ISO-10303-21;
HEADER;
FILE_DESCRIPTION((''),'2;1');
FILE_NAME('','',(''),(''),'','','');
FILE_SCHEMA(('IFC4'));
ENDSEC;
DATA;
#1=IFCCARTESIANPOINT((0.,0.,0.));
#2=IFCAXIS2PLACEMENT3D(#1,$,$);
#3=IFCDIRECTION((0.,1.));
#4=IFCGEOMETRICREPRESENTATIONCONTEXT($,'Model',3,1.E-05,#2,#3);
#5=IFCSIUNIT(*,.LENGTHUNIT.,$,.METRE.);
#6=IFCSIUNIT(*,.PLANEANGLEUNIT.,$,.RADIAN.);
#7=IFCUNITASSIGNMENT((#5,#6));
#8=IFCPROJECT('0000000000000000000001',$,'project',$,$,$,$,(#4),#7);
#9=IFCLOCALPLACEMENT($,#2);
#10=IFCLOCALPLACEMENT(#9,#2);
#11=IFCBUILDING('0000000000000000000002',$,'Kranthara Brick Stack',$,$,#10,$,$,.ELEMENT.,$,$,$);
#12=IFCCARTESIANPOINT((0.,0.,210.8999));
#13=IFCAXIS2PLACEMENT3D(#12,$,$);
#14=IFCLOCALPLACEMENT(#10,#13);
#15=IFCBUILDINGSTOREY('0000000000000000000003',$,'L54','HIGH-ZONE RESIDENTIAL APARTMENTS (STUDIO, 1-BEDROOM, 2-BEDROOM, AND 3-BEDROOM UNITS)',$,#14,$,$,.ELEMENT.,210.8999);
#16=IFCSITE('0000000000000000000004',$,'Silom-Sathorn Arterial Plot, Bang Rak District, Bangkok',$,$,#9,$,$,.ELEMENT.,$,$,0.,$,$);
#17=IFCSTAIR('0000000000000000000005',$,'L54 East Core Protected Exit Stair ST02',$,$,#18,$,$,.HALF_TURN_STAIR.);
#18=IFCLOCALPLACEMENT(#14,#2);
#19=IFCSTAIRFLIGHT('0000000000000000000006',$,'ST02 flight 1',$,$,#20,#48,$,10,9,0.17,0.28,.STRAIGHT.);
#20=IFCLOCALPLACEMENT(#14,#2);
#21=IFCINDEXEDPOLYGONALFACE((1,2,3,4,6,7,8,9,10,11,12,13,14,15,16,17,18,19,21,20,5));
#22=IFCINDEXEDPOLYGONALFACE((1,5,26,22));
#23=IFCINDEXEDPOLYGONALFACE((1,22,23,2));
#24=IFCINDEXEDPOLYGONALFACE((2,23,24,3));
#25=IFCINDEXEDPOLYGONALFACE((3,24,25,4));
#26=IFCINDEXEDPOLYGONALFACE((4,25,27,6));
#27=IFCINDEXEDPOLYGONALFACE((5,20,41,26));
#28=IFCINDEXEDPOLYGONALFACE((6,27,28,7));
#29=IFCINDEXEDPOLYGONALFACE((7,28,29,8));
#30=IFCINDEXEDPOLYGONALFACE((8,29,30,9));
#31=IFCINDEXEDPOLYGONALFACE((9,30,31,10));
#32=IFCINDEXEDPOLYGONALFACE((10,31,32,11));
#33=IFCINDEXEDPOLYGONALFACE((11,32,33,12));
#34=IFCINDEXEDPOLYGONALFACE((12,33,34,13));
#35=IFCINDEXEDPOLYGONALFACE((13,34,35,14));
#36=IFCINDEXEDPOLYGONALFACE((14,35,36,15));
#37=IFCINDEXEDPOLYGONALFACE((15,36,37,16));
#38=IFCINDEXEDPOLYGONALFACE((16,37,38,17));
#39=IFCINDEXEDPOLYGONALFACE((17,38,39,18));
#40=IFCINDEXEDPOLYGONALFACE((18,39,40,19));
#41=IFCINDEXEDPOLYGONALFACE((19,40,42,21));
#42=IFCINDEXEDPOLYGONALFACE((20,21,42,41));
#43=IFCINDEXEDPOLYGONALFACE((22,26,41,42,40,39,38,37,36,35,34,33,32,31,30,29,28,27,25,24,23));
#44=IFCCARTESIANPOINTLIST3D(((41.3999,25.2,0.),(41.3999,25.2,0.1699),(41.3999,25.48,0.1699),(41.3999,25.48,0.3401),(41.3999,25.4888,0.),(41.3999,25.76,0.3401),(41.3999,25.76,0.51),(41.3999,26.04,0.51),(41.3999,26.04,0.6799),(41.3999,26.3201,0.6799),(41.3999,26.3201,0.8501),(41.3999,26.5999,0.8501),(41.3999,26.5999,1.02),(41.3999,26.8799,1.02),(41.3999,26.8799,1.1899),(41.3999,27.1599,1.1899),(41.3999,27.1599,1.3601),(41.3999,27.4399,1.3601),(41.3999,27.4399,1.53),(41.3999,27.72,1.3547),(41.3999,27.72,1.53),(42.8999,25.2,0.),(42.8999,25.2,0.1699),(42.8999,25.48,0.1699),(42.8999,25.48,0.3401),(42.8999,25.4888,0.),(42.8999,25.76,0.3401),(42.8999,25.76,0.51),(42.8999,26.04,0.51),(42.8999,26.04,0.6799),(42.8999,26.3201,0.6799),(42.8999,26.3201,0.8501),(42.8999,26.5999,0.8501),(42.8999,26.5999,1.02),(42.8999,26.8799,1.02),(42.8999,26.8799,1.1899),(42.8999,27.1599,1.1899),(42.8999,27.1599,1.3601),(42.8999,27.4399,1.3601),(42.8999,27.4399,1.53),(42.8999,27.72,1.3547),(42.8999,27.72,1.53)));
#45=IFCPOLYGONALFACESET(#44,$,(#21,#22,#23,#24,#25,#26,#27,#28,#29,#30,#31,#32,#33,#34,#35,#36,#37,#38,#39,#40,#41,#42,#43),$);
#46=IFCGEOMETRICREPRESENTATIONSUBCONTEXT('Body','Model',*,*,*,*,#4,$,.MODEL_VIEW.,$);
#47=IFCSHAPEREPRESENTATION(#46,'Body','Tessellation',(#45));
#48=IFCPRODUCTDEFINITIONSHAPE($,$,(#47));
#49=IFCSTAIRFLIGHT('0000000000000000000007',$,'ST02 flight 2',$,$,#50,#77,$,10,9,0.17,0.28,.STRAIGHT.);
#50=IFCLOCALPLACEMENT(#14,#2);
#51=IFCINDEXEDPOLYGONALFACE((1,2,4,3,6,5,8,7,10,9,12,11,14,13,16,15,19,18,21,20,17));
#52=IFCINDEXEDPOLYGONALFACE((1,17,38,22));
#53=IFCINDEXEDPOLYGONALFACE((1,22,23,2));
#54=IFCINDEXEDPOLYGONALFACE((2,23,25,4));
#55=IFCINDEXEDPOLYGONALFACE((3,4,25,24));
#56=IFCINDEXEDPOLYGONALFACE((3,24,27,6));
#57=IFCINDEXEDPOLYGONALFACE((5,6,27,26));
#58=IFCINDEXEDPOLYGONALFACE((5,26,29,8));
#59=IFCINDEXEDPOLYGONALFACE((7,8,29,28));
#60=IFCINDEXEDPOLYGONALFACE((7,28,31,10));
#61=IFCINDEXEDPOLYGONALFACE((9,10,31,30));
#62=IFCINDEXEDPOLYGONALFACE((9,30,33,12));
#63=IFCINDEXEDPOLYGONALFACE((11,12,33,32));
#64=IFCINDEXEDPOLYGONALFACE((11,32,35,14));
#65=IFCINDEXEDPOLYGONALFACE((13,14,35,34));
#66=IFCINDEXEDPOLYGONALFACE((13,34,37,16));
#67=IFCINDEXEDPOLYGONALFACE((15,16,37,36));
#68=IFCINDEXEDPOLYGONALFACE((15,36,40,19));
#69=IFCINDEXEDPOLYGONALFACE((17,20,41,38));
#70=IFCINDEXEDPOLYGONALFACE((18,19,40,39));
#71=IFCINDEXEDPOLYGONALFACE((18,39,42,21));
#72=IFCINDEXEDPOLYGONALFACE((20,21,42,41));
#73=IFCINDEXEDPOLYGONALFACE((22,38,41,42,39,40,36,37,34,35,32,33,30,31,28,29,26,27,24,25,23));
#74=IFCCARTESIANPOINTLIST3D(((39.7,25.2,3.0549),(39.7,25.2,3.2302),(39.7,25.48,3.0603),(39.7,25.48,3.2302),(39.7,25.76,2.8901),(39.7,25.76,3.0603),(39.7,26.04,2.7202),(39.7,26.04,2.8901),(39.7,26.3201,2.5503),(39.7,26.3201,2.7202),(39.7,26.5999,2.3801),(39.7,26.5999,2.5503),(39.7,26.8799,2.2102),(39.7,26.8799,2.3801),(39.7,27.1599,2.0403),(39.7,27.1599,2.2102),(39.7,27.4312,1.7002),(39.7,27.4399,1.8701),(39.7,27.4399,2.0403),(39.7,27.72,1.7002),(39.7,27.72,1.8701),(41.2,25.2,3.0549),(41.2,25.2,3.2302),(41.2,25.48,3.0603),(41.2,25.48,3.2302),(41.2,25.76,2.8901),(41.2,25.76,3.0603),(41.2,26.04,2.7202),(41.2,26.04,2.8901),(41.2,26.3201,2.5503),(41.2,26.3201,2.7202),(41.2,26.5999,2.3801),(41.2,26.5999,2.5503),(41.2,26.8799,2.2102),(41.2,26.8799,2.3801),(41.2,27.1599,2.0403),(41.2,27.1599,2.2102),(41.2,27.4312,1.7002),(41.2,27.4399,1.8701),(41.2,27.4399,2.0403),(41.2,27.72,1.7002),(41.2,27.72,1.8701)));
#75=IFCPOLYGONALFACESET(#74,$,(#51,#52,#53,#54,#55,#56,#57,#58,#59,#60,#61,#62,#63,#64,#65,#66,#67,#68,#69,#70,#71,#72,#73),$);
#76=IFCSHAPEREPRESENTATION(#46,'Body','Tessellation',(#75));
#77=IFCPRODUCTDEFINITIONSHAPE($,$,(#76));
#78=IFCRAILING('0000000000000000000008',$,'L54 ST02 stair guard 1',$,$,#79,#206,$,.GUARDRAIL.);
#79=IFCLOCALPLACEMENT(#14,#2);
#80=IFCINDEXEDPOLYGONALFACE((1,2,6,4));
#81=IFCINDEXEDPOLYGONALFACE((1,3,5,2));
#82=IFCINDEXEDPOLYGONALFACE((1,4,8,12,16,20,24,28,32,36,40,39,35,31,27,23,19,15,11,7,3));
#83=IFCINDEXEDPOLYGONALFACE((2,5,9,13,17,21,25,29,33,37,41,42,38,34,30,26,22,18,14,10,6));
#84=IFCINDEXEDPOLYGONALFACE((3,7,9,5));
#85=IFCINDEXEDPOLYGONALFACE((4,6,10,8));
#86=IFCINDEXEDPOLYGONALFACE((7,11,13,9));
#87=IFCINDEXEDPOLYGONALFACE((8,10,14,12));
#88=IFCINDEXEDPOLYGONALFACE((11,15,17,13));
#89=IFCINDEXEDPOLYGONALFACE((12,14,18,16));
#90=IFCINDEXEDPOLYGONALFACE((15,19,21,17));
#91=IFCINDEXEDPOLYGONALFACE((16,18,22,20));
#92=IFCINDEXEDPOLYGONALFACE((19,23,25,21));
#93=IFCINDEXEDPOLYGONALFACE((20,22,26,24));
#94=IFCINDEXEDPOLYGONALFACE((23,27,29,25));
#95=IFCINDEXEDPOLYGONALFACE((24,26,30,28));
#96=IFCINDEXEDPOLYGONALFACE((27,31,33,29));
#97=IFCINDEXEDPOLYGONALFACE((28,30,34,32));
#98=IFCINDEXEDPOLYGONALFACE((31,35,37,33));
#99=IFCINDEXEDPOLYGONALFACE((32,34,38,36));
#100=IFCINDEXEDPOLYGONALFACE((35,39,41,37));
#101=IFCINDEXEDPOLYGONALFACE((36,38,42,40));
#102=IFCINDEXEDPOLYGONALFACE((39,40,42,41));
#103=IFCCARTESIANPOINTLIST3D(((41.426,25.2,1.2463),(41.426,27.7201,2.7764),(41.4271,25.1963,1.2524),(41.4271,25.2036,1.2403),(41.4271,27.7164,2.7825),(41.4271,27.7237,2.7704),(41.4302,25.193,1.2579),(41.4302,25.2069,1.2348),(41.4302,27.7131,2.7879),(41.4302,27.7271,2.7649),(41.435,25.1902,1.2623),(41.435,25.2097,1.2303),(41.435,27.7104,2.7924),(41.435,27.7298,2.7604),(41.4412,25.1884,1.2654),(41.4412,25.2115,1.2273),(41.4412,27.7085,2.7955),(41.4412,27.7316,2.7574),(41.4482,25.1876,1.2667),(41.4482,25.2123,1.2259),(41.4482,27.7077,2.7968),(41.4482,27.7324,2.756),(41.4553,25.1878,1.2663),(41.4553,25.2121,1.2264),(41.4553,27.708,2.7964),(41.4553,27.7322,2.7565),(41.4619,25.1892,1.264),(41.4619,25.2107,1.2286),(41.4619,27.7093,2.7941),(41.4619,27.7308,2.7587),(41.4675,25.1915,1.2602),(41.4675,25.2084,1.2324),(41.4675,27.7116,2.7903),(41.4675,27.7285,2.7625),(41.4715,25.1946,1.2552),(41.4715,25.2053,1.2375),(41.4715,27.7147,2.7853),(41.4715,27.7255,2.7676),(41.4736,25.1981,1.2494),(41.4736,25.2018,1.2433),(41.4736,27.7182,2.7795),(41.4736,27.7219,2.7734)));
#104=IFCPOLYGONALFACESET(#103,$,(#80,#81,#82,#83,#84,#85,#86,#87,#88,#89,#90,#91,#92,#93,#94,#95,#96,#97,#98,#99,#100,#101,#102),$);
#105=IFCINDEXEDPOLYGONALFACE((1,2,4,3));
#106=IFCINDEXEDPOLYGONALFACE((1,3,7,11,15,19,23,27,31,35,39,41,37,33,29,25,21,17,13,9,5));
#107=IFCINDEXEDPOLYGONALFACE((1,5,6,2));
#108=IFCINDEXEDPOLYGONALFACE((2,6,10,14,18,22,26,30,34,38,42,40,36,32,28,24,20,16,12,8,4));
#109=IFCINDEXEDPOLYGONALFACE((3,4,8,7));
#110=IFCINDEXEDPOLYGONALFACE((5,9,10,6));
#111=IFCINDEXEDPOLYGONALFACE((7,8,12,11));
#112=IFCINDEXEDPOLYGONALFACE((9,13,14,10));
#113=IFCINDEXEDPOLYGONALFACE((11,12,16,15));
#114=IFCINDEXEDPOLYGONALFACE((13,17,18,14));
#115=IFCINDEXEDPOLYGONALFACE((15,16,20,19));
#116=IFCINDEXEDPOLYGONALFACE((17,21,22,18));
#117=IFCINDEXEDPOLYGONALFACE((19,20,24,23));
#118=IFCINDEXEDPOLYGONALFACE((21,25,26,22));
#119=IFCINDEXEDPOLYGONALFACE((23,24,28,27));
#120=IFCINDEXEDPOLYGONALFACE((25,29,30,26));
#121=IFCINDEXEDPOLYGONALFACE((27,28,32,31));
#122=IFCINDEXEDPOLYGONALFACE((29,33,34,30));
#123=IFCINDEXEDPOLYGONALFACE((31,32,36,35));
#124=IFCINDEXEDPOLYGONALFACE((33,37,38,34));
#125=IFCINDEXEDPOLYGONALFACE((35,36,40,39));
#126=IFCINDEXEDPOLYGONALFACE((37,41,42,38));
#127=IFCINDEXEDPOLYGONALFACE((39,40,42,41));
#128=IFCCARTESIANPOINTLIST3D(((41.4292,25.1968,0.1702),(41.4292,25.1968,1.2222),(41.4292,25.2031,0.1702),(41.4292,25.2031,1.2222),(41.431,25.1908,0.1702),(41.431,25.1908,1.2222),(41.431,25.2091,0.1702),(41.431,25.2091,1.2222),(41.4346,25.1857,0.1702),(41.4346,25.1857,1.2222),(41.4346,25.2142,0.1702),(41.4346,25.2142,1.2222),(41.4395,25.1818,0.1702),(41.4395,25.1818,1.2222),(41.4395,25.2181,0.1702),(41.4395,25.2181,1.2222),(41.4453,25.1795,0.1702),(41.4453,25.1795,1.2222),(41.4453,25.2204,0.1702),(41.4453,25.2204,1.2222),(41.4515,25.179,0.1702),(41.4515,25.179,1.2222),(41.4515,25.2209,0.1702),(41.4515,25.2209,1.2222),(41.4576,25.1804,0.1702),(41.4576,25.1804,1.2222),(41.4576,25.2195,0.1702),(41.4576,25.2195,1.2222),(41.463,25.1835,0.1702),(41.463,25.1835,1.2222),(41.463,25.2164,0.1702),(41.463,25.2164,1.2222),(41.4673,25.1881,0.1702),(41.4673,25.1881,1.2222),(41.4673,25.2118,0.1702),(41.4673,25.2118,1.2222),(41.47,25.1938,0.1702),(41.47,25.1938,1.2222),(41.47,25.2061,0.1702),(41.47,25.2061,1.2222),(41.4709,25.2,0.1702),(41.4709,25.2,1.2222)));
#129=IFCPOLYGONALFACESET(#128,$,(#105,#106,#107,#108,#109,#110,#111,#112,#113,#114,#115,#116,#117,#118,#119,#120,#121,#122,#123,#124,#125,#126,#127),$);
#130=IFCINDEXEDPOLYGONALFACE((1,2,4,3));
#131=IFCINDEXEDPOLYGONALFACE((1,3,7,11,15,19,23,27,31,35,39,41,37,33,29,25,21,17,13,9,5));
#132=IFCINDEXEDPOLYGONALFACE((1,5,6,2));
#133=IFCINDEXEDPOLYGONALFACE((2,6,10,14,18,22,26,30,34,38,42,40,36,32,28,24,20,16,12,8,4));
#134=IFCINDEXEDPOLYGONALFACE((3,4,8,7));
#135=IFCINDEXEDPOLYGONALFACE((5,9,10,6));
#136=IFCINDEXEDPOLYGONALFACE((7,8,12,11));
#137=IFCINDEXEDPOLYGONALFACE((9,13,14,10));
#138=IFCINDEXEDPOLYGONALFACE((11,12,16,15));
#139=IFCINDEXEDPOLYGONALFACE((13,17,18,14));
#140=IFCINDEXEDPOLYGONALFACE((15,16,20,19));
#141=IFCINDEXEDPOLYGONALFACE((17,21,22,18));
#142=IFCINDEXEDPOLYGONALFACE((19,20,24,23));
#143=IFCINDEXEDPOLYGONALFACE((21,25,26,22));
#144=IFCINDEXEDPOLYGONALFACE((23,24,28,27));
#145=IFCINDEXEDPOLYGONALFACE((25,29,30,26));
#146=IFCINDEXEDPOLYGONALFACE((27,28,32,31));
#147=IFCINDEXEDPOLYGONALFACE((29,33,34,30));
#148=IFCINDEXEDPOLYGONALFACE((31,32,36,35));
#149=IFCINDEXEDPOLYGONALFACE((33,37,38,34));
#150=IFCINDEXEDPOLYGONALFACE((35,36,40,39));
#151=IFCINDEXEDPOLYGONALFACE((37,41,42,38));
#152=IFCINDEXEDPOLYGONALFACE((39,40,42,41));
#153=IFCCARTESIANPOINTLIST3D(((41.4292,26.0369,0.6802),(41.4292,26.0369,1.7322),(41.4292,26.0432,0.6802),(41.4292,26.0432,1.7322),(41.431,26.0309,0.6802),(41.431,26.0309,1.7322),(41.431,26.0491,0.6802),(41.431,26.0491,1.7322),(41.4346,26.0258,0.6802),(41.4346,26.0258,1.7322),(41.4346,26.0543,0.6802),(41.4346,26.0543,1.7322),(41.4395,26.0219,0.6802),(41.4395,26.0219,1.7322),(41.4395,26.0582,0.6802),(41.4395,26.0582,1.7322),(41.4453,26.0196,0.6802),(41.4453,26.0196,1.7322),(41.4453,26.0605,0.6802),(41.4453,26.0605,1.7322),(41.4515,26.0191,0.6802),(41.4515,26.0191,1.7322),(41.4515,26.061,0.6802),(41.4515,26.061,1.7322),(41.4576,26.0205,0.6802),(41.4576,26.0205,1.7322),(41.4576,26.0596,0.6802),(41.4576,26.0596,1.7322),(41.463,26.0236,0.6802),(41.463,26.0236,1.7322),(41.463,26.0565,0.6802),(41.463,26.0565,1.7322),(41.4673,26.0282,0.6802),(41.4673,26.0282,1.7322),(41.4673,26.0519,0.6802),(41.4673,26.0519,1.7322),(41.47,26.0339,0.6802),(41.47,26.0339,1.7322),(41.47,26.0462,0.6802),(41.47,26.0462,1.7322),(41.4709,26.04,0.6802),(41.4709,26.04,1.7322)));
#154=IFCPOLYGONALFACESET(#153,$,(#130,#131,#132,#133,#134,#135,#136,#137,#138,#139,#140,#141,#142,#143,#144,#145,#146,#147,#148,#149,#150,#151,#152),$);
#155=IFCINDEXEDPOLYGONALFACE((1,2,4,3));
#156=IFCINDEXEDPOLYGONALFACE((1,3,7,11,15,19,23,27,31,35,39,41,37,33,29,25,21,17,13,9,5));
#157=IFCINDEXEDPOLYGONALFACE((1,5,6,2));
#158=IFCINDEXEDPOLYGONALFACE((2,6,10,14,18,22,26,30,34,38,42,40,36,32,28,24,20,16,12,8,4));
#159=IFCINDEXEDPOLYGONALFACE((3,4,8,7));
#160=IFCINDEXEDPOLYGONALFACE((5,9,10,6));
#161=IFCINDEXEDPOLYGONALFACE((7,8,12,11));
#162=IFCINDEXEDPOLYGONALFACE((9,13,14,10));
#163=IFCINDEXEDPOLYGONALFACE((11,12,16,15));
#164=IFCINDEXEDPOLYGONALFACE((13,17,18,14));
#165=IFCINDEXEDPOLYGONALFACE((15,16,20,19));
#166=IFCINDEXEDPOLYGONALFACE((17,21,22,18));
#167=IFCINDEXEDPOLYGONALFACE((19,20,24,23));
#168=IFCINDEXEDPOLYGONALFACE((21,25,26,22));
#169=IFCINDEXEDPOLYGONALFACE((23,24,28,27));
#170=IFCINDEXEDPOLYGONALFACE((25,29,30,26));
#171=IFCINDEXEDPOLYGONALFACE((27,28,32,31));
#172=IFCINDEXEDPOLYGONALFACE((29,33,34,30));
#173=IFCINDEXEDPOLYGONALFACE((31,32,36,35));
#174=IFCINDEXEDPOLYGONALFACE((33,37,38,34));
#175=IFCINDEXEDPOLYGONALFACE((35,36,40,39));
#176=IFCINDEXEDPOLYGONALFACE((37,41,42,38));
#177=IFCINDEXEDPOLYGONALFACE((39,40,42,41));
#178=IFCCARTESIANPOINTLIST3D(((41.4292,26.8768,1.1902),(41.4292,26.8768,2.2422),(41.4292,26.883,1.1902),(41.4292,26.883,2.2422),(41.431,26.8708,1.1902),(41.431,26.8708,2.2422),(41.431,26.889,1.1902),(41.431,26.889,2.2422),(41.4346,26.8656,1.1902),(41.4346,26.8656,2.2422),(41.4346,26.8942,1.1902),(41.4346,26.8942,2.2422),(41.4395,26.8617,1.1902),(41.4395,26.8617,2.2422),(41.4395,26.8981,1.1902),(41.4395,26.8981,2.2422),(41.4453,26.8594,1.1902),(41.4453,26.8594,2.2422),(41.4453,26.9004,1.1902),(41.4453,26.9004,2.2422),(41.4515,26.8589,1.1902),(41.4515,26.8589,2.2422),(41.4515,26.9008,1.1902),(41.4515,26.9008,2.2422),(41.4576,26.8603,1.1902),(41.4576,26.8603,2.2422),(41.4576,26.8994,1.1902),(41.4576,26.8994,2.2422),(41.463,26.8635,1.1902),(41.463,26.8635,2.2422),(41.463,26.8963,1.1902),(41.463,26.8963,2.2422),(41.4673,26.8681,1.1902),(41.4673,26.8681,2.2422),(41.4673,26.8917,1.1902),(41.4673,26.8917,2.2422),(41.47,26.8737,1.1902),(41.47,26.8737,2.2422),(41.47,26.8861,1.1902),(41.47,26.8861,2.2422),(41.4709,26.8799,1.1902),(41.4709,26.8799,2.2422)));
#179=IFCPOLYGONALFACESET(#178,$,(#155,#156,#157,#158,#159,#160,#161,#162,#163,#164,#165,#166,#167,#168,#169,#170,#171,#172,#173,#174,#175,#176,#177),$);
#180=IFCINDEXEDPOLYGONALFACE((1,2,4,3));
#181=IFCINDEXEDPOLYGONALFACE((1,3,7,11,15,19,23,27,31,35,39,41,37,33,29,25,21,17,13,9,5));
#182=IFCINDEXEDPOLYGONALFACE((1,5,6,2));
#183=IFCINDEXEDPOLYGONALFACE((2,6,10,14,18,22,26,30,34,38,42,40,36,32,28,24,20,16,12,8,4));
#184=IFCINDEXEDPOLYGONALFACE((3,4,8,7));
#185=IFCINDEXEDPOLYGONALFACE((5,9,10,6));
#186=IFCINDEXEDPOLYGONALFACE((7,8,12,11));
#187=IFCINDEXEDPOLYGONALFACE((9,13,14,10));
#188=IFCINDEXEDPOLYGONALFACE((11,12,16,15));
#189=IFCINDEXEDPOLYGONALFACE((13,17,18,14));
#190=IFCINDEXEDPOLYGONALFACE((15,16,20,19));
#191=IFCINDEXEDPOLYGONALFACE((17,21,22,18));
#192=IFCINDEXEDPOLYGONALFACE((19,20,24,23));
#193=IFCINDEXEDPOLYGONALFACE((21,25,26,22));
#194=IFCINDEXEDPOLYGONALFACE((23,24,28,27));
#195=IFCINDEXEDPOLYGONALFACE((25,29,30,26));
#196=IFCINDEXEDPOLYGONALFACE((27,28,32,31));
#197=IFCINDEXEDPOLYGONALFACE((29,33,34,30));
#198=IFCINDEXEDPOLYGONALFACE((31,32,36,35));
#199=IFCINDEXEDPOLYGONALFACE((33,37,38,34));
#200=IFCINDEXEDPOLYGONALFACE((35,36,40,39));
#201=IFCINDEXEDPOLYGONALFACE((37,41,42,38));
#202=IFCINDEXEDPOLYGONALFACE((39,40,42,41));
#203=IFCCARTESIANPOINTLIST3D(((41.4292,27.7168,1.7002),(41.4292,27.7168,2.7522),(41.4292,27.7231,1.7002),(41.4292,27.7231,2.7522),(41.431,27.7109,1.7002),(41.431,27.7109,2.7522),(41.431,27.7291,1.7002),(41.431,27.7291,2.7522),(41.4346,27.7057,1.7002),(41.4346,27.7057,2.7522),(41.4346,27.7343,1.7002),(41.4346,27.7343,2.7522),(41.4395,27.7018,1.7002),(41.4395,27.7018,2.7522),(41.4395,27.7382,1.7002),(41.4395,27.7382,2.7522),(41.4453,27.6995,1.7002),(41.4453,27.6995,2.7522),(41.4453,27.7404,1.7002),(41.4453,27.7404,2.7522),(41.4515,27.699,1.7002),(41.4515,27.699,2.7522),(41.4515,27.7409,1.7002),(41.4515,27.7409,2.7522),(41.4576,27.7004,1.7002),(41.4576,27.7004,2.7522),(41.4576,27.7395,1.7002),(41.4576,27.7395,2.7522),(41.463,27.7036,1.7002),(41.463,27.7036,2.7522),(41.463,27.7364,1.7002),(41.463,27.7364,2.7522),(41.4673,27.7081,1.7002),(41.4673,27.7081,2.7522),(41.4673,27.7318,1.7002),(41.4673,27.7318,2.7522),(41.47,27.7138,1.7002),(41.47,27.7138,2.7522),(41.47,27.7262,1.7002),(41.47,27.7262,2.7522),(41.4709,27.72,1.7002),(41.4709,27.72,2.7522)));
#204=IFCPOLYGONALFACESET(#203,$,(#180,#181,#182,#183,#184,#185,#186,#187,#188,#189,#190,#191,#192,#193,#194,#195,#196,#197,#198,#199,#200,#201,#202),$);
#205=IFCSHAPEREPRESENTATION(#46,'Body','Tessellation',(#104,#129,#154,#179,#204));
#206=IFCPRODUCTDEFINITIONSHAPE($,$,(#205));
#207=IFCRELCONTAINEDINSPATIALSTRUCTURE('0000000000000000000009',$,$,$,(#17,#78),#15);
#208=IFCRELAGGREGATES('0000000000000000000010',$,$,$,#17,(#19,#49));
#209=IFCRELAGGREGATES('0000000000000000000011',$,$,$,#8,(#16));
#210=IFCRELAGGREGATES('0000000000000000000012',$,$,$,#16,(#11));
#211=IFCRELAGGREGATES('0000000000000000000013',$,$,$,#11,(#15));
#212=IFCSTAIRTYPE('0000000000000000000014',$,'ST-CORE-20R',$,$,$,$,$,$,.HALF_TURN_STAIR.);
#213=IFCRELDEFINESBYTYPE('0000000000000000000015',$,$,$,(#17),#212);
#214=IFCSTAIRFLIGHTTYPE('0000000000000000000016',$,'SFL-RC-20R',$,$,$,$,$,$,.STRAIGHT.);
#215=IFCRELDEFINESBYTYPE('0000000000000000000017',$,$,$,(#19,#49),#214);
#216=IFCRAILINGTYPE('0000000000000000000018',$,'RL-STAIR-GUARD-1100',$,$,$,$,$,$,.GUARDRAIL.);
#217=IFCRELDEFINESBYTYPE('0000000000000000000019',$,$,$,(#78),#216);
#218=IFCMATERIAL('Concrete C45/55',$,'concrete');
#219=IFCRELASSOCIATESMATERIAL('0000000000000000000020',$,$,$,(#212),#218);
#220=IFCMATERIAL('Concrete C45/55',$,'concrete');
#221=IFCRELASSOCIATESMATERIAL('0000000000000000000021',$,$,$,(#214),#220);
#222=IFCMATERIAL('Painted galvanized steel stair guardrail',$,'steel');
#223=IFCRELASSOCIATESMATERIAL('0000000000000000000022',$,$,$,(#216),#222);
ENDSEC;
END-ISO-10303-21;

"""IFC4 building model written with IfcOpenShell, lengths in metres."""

from ifc_helpers import new_model, si_unit, direction, frame, origin, origin_2d, place, context, subcontext, project, spatial, polyline, circle, outline, extrude, material, type_object, element, aggregate, save


model = new_model("IFC4")

# Units and contexts
model_context = context("Model", 3, precision=1e-05, world=origin(), true_north=direction((0.0, 1.0)))
body_context = subcontext(model_context, "Body", "Model", "MODEL_VIEW")
ifc_project = project(units=[si_unit("LENGTHUNIT", "METRE"), si_unit("PLANEANGLEUNIT", "RADIAN")], contexts=[model_context])

# Site, building, storey
site_placement = place(None, origin())
site = spatial("IfcSite", under=ifc_project, at=site_placement, Name="Silom-Sathorn Arterial Plot, Bang Rak District, Bangkok", CompositionType="ELEMENT", RefElevation=0.0)
building_placement = place(site_placement, origin())
building = spatial("IfcBuilding", under=site, at=building_placement, Name="Kranthara Brick Stack", CompositionType="ELEMENT")
storey_placement = place(building_placement, frame((0.0, 0.0, 210.8999)))
storey = spatial("IfcBuildingStorey", under=building, at=storey_placement, Name="L54", Description="HIGH-ZONE RESIDENTIAL APARTMENTS (STUDIO, 1-BEDROOM, 2-BEDROOM, AND 3-BEDROOM UNITS)", CompositionType="ELEMENT", Elevation=210.8999)

# Stair, stair flights
ifc_material_1 = material(Name="Concrete C45/55", Category="concrete")
stair_type = type_object("IfcStairType", Name="ST-CORE-20R", PredefinedType="HALF_TURN_STAIR", material=ifc_material_1)
stair_placement = place(storey_placement, origin())
stair = element("IfcStair", 1, at=stair_placement, inside=storey, type_object=stair_type, Name="L54 East Core Protected Exit Stair ST02", PredefinedType="HALF_TURN_STAIR")
ifc_material_2 = material(Name="Concrete C45/55", Category="concrete")
stair_flight_type = type_object("IfcStairFlightType", Name="SFL-RC-20R", PredefinedType="STRAIGHT", material=ifc_material_2)
stair_flight_1_placement = place(storey_placement, frame((42.1499, 25.2, 0.0), z_axis=(0.0, 0.0, 1.0), x_axis=(0.0, 1.0, 0.0)))
stair_flight_1 = element("IfcStairFlight", 2, at=stair_flight_1_placement, type_object=stair_flight_type, Name="ST02 flight 1", NumberOfRisers=10, NumberOfTreads=9, PredefinedType="STRAIGHT", RiserHeight=0.17, TreadLength=0.28, context=body_context, shape_type="SweptSolid", body=[
    extrude(outline(polyline([(0.0, 0.0), (0.0, 0.1699), (0.28, 0.1699), (0.28, 0.3401), (0.5601, 0.3401), (0.5601, 0.51), (0.8401, 0.51), (0.8401, 0.6799), (1.1201, 0.6799), (1.1201, 0.8501), (1.3999, 0.8501), (1.3999, 1.02), (1.6799, 1.02), (1.6799, 1.1899), (1.96, 1.1899), (1.96, 1.3601), (2.24, 1.3601), (2.24, 1.53), (2.52, 1.53), (2.52, 1.7), (2.52, 1.3547), (0.2888, 0.0), (0.0, 0.0)])), frame((0.0, 0.75, 0.0), z_axis=(0.0, -1.0, 0.0), x_axis=(1.0, 0.0, 0.0)), (0.0, 0.0, 1.0), 1.5),
])
stair_flight_2_placement = place(storey_placement, frame((40.45, 27.72, 1.7002), z_axis=(0.0, 0.0, 1.0), x_axis=(0.0, -1.0, 0.0)))
stair_flight_2 = element("IfcStairFlight", 3, at=stair_flight_2_placement, type_object=stair_flight_type, Name="ST02 flight 2", NumberOfRisers=10, NumberOfTreads=9, PredefinedType="STRAIGHT", RiserHeight=0.17, TreadLength=0.28, context=body_context, shape_type="SweptSolid", body=[
    extrude(outline(polyline([(0.0, 0.0), (0.0, 0.1699), (0.28, 0.1699), (0.28, 0.3401), (0.5601, 0.3401), (0.5601, 0.51), (0.8401, 0.51), (0.8401, 0.6799), (1.1201, 0.6799), (1.1201, 0.8501), (1.3999, 0.8501), (1.3999, 1.02), (1.6799, 1.02), (1.6799, 1.1899), (1.96, 1.1899), (1.96, 1.3601), (2.24, 1.3601), (2.24, 1.53), (2.52, 1.53), (2.52, 1.7), (2.52, 1.3547), (0.2888, 0.0), (0.0, 0.0)])), frame((0.0, 0.75, 0.0), z_axis=(0.0, -1.0, 0.0), x_axis=(1.0, 0.0, 0.0)), (0.0, 0.0, 1.0), 1.5),
])
aggregate(stair, [stair_flight_1, stair_flight_2])

# Railing
ifc_material_3 = material(Name="Painted galvanized steel stair guardrail", Category="steel")
railing_type_1 = type_object("IfcRailingType", Name="RL-STAIR-GUARD-1100", PredefinedType="GUARDRAIL", material=ifc_material_3)
railing_1_placement = place(storey_placement, frame((41.45, 25.2, 0.1702)))
element("IfcRailing", 4, at=railing_1_placement, inside=storey, type_object=railing_type_1, Name="L54 ST02 stair guard 1", PredefinedType="GUARDRAIL", context=body_context, shape_type="SweptSolid", body=[
    extrude(circle(Radius=0.0239, at=origin_2d()), frame((0.0, 0.0, 1.0762), z_axis=(0.0, 0.854785, 0.518982), x_axis=(-1.0, 0.0, 0.0)), (0.0, 0.0, 1.0), 2.9482),
    extrude(circle(Radius=0.021, at=origin_2d()), origin(), (0.0, 0.0, 1.0), 1.052),
    extrude(circle(Radius=0.021, at=origin_2d()), frame((0.0, 0.8401, 0.51)), (0.0, 0.0, 1.0), 1.052),
    extrude(circle(Radius=0.021, at=origin_2d()), frame((0.0, 1.6799, 1.02)), (0.0, 0.0, 1.0), 1.052),
    extrude(circle(Radius=0.021, at=origin_2d()), frame((0.0, 2.52, 1.53)), (0.0, 0.0, 1.0), 1.052),
])

save(model, "model.ifc")
